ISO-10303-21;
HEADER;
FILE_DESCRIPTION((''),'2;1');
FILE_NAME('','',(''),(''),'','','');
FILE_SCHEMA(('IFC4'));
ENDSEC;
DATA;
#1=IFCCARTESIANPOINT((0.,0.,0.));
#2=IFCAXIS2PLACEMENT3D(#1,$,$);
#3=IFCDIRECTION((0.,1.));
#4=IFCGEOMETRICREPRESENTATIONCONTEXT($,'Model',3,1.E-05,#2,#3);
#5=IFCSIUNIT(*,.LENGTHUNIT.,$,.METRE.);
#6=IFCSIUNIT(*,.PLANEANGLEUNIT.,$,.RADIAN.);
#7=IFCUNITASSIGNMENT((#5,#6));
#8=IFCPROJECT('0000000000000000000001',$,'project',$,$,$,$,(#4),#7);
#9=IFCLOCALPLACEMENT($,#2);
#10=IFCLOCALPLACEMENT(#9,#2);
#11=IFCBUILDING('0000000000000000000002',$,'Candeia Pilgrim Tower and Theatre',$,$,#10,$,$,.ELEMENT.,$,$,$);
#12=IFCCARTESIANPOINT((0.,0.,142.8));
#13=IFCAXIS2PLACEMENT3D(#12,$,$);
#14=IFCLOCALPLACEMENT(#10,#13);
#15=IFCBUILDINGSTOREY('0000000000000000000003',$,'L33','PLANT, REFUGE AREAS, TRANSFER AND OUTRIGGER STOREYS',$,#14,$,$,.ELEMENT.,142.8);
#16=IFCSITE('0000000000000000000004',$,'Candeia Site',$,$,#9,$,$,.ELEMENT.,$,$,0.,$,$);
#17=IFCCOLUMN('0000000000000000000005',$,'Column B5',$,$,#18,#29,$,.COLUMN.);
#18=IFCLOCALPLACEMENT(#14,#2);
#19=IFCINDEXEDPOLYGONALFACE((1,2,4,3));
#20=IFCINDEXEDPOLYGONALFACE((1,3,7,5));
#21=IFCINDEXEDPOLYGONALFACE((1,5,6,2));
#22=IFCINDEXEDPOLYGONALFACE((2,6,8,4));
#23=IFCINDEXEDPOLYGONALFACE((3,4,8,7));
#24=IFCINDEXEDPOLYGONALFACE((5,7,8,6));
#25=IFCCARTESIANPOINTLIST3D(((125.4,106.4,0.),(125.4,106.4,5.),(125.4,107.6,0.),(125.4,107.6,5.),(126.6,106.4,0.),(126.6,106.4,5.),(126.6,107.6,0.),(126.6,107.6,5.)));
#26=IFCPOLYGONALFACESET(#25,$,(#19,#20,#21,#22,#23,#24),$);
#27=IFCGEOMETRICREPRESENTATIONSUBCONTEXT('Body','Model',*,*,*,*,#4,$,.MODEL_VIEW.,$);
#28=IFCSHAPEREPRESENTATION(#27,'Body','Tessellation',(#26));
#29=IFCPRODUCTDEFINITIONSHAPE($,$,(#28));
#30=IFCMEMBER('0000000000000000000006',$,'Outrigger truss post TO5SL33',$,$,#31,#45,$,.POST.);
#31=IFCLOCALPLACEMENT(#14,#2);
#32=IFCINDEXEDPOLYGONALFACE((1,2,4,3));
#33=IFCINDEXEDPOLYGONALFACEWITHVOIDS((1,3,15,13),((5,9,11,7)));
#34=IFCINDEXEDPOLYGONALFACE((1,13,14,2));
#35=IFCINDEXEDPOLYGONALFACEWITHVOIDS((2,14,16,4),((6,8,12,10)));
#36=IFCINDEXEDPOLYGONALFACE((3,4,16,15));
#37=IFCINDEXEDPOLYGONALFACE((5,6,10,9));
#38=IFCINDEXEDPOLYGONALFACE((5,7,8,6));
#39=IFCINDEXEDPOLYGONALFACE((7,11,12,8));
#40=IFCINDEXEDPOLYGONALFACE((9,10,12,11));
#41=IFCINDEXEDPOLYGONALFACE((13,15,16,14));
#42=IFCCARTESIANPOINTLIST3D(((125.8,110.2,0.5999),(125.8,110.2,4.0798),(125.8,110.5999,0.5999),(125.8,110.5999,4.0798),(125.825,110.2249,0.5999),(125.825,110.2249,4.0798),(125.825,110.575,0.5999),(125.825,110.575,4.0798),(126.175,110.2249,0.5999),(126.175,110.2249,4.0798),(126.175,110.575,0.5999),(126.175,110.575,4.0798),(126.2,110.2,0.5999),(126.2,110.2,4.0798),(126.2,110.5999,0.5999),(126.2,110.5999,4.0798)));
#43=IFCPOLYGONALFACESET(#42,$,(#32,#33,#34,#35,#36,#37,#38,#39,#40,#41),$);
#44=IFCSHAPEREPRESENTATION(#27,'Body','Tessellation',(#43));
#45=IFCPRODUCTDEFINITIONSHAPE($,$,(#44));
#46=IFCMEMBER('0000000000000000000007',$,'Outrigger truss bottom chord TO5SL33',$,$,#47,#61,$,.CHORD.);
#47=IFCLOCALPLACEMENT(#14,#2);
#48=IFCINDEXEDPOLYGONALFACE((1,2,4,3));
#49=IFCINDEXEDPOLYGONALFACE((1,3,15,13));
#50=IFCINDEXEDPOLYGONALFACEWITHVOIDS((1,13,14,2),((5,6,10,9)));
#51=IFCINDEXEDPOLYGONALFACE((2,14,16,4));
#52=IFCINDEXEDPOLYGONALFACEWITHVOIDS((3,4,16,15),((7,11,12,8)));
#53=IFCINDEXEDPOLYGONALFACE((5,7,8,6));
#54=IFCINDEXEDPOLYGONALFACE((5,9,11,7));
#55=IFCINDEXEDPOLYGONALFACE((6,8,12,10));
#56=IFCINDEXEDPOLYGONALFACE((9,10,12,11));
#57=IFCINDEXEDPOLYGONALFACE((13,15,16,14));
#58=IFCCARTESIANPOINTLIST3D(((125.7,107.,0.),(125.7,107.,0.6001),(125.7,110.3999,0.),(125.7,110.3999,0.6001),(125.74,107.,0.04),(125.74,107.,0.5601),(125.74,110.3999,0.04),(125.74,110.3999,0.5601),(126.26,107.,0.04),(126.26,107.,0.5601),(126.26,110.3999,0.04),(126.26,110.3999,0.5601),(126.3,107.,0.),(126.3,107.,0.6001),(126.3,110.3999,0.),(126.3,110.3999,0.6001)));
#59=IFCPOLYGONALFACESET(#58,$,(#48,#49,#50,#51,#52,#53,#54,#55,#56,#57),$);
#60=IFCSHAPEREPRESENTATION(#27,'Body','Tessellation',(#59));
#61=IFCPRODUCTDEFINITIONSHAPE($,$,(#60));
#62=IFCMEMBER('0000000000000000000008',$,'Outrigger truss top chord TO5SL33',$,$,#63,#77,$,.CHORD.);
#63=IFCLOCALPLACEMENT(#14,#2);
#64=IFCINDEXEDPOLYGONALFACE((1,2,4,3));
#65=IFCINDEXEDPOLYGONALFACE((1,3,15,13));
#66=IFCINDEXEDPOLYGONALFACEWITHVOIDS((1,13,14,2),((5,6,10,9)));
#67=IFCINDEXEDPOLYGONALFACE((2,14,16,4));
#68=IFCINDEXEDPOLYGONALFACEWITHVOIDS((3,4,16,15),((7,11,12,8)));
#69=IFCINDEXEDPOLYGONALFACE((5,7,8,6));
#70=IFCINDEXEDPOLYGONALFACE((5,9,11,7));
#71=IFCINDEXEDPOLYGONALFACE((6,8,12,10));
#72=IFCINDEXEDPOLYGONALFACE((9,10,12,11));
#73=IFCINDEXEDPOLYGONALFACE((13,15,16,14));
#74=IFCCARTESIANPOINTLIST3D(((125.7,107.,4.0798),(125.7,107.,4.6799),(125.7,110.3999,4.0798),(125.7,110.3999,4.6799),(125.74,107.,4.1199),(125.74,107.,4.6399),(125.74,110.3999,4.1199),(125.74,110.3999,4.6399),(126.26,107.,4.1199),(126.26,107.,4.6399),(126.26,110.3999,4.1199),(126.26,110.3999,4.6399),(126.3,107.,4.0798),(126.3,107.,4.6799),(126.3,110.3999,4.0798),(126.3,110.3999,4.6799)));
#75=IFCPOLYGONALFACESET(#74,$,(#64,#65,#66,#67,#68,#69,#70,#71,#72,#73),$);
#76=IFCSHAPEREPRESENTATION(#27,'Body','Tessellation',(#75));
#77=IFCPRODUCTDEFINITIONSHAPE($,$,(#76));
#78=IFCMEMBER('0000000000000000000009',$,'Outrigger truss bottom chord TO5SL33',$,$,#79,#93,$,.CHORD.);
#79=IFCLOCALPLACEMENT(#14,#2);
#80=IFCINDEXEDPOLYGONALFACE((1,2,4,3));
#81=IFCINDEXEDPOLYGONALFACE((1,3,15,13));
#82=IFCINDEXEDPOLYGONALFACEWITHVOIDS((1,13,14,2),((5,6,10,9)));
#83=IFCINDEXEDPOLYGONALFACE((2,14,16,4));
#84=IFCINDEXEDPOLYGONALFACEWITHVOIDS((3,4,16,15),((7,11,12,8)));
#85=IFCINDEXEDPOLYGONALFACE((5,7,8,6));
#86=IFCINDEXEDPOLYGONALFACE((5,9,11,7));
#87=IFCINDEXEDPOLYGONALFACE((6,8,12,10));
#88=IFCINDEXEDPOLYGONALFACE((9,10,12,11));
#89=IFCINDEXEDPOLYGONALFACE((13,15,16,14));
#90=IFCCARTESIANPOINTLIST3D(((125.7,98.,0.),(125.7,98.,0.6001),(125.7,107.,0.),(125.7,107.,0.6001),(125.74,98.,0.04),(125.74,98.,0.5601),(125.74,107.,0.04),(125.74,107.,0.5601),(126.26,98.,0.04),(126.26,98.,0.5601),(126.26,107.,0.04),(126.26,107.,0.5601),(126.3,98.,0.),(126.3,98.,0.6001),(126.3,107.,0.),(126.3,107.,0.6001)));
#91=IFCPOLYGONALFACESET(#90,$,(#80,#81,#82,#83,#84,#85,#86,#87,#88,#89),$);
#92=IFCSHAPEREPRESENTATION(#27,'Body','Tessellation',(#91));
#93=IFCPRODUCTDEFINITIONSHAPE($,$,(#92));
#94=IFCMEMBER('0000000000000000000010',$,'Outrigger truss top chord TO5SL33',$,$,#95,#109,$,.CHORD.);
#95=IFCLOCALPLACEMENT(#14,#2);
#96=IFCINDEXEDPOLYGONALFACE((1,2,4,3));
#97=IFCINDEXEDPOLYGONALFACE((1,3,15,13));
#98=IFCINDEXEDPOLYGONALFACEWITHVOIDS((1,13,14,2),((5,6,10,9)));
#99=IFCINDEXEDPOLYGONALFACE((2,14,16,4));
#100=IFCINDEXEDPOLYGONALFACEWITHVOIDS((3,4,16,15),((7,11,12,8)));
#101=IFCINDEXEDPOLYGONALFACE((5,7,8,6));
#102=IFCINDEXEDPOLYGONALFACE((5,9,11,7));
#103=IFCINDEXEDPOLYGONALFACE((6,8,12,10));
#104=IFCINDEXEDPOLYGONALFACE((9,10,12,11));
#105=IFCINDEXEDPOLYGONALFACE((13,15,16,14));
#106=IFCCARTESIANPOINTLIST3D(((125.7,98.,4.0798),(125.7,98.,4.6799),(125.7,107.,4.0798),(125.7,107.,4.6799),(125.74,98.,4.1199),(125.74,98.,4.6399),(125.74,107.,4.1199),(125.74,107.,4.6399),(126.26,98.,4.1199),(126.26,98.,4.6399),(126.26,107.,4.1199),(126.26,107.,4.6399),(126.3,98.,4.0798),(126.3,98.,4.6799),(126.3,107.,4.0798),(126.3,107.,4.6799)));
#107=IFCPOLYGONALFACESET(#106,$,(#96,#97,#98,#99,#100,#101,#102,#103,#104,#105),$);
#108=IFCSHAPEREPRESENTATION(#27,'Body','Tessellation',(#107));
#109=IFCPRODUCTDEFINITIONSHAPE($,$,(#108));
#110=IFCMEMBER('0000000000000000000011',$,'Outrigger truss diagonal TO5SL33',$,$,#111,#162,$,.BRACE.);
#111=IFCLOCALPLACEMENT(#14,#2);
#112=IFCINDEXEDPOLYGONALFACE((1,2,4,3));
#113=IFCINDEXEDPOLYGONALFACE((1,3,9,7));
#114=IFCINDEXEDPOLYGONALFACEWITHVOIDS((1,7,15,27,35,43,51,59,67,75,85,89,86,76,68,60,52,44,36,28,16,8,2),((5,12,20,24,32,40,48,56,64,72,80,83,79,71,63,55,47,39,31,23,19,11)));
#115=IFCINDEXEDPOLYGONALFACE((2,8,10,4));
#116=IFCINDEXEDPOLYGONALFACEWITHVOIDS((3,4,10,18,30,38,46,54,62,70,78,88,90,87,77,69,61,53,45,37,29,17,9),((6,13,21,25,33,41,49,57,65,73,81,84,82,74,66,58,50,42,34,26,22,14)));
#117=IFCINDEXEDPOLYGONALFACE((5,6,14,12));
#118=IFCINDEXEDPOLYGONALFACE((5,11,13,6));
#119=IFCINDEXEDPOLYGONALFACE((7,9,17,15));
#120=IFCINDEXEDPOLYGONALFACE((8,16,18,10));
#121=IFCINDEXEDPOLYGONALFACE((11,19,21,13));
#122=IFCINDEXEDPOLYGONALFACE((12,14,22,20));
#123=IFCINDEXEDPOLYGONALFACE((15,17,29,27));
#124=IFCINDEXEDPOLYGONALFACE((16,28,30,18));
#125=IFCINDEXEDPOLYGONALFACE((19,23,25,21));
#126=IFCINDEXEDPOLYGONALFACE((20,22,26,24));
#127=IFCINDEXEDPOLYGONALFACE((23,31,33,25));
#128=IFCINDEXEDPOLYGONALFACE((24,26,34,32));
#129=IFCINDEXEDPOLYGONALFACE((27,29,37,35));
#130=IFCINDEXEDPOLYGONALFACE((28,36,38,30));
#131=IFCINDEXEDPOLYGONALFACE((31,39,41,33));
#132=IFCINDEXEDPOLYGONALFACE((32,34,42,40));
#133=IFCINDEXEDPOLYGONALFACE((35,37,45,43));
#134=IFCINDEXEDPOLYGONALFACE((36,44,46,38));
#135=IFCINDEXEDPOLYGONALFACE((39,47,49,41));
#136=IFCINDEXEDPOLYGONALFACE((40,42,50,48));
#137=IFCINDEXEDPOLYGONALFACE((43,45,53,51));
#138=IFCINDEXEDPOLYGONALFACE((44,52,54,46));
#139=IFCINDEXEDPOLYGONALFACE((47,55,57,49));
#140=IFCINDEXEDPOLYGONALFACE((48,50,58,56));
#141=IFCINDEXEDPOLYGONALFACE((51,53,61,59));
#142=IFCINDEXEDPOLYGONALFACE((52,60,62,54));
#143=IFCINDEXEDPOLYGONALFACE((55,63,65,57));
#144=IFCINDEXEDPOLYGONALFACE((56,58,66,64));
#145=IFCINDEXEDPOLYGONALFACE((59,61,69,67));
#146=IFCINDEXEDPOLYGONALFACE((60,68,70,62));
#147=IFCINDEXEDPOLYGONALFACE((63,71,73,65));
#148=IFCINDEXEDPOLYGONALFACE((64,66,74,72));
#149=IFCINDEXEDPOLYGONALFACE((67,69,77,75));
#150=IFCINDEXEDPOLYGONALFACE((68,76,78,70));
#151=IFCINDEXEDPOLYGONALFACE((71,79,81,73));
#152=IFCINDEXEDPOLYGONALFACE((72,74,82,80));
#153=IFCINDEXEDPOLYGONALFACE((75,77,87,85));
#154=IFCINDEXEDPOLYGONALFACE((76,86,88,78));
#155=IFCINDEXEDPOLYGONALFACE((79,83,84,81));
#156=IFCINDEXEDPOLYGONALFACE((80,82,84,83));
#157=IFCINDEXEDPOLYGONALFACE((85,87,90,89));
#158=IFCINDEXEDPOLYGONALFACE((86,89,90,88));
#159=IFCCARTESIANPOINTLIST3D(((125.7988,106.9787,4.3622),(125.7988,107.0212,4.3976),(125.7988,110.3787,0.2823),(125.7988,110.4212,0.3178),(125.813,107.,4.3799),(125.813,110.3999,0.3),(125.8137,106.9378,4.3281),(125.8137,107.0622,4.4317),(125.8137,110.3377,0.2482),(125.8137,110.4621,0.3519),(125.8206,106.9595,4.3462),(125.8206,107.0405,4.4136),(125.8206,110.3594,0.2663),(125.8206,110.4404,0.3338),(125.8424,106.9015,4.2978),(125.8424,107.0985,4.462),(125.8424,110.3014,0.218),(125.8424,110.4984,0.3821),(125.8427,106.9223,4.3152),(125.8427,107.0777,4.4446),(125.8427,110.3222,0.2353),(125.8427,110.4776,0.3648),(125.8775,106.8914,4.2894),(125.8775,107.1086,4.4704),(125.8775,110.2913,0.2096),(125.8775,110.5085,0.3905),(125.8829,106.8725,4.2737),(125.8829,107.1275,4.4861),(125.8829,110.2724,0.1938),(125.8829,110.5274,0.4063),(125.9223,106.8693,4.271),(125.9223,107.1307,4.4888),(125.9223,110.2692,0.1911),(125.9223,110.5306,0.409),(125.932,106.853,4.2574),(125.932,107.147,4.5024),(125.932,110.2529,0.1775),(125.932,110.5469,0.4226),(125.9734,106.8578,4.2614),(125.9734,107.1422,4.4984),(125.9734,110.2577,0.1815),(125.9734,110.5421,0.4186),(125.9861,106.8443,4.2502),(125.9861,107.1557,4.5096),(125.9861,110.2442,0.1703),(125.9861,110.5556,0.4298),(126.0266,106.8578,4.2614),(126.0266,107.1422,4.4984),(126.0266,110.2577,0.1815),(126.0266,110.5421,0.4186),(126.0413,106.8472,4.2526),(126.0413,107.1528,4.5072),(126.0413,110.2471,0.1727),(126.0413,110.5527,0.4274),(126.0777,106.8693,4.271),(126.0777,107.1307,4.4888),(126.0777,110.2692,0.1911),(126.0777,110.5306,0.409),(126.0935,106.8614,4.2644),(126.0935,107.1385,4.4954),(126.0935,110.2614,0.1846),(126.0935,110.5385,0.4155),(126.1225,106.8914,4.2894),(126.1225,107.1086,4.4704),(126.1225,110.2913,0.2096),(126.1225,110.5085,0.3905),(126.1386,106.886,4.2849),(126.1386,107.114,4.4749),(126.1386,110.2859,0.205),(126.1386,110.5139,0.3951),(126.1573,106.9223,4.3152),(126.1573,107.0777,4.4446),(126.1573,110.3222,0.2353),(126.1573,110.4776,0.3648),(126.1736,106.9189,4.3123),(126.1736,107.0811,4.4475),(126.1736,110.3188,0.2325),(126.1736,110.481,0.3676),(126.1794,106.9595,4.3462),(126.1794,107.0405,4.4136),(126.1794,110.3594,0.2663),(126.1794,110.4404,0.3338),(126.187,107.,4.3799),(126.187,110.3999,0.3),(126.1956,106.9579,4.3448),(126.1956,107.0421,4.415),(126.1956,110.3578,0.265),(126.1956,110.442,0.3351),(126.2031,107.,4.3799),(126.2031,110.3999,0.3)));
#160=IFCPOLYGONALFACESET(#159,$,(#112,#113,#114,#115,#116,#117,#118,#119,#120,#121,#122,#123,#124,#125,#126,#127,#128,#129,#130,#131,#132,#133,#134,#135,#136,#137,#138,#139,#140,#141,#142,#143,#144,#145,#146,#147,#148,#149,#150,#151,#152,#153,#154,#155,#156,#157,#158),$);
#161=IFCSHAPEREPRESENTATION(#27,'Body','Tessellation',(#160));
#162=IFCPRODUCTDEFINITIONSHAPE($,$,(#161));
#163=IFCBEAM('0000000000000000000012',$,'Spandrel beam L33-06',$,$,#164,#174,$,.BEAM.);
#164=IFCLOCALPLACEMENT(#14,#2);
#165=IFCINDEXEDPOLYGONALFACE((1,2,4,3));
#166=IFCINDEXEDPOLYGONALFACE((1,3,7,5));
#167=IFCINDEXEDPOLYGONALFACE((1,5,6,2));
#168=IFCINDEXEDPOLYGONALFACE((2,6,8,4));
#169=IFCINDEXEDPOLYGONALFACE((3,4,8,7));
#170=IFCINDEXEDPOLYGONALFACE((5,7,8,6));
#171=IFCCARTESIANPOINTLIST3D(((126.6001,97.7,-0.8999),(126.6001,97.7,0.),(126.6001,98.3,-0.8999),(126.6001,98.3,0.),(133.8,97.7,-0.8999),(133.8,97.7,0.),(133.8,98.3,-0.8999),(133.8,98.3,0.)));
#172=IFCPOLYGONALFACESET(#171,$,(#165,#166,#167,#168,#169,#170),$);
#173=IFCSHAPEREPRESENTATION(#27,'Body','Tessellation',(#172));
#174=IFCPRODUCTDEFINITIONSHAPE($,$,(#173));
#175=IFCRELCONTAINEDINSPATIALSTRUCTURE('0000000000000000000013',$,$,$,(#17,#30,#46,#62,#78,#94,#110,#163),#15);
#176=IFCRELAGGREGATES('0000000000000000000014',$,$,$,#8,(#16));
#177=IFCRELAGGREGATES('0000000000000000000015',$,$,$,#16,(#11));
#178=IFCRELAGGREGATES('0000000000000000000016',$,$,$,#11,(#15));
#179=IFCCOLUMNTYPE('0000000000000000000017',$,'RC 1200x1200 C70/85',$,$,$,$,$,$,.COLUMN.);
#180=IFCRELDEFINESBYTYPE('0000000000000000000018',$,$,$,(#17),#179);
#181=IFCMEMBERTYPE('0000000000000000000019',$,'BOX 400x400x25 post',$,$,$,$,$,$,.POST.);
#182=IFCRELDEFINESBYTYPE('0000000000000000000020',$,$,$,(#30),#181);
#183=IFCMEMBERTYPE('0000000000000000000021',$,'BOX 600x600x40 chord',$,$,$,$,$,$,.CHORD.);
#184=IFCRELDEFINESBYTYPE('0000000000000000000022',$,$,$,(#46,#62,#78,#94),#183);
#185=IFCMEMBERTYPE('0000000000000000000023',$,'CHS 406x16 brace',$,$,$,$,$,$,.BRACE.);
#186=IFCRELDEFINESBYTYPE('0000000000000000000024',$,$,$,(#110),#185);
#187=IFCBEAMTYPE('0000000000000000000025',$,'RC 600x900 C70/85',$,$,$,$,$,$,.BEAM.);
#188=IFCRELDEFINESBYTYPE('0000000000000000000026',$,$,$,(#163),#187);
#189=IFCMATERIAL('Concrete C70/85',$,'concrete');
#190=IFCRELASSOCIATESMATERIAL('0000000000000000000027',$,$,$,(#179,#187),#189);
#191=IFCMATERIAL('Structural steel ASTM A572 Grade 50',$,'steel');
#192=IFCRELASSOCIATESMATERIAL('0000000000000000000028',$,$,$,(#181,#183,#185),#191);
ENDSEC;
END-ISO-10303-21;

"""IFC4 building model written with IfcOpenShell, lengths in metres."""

from ifc_helpers import new_model, si_unit, direction, frame, origin, origin_2d, place, context, subcontext, project, spatial, rectangle, hollow_rectangle, hollow_circle, extrude, material, material_profile, profile_set, type_object, element, save


model = new_model("IFC4")

# Units and contexts
model_context = context("Model", 3, precision=1e-05, world=origin(), true_north=direction((0.0, 1.0)))
body_context = subcontext(model_context, "Body", "Model", "MODEL_VIEW")
ifc_project = project(units=[si_unit("LENGTHUNIT", "METRE"), si_unit("PLANEANGLEUNIT", "RADIAN")], contexts=[model_context])

# Site, building, storey
site_placement = place(None, origin())
site = spatial("IfcSite", under=ifc_project, at=site_placement, Name="Candeia Site", CompositionType="ELEMENT", RefElevation=0.0)
building_placement = place(site_placement, origin())
building = spatial("IfcBuilding", under=site, at=building_placement, Name="Candeia Pilgrim Tower and Theatre", CompositionType="ELEMENT")
storey_placement = place(building_placement, frame((0.0, 0.0, 142.8)))
storey = spatial("IfcBuildingStorey", under=building, at=storey_placement, Name="L33", Description="PLANT, REFUGE AREAS, TRANSFER AND OUTRIGGER STOREYS", CompositionType="ELEMENT", Elevation=142.8)

# Column
ifc_material_1 = material(Name="Concrete C70/85", Category="concrete")
ifc_material_profile_1 = material_profile(ifc_material_1, rectangle(XDim=1.2, YDim=1.2, at=origin_2d()))
ifc_profile_set_1 = profile_set([ifc_material_profile_1], Name="Concrete C70/85")
column_type = type_object("IfcColumnType", Name="RC 1200x1200 C70/85", PredefinedType="COLUMN", material=ifc_profile_set_1)
column_placement = place(storey_placement, frame((126.0, 107.0, 0.0), z_axis=(0.0, 0.0, 1.0), x_axis=(1.0, 0.0, 0.0)))
element("IfcColumn", 1, at=column_placement, inside=storey, type_object=column_type, Name="Column B5", PredefinedType="COLUMN", context=body_context, shape_type="SweptSolid", body=[
    extrude(rectangle(XDim=1.2, YDim=1.2, at=origin_2d()), origin(), (0.0, 0.0, 1.0), 5.0),
])

# Members
ifc_material_2 = material(Name="Structural steel ASTM A572 Grade 50", Category="steel")
ifc_material_profile_2 = material_profile(ifc_material_2, hollow_rectangle(XDim=0.3999, YDim=0.3999, WallThickness=0.0249, at=origin_2d()))
ifc_profile_set_2 = profile_set([ifc_material_profile_2], Name="Structural steel ASTM A572 Grade 50")
member_type_1 = type_object("IfcMemberType", Name="BOX 400x400x25 post", PredefinedType="POST", material=ifc_profile_set_2)
member_1_placement = place(storey_placement, frame((126.0, 110.3999, 0.5999), z_axis=(0.0, 0.0, 1.0), x_axis=(1.0, 0.0, 0.0)))
element("IfcMember", 2, at=member_1_placement, inside=storey, type_object=member_type_1, Name="Outrigger truss post TO5SL33", PredefinedType="POST", context=body_context, shape_type="SweptSolid", body=[
    extrude(hollow_rectangle(XDim=0.3999, YDim=0.3999, WallThickness=0.0249, at=origin_2d()), origin(), (0.0, 0.0, 1.0), 3.48),
])
ifc_material_profile_3 = material_profile(ifc_material_2, hollow_rectangle(XDim=0.6001, YDim=0.6001, WallThickness=0.04, at=origin_2d()))
ifc_profile_set_3 = profile_set([ifc_material_profile_3], Name="Structural steel ASTM A572 Grade 50")
member_type_2 = type_object("IfcMemberType", Name="BOX 600x600x40 chord", PredefinedType="CHORD", material=ifc_profile_set_3)
for number, where, z_axis, x_axis, name in (
    (3, (126.0, 110.3999, 0.3), (0.0, -1.0, 0.0), (1.0, 0.0, 0.0), "Outrigger truss bottom chord TO5SL33"),
    (4, (126.0, 110.3999, 4.3799), (0.0, -1.0, 0.0), (1.0, 0.0, 0.0), "Outrigger truss top chord TO5SL33"),
):
    element("IfcMember", number, at=place(storey_placement, frame(where, z_axis=z_axis, x_axis=x_axis)), inside=storey, type_object=member_type_2, Name=name, PredefinedType="CHORD", context=body_context, shape_type="SweptSolid", body=[
        extrude(hollow_rectangle(XDim=0.6001, YDim=0.6001, WallThickness=0.04, at=origin_2d()), origin(), (0.0, 0.0, 1.0), 3.3999),
    ])
for number, where, z_axis, x_axis, name in (
    (5, (126.0, 107.0, 0.3), (0.0, -1.0, 0.0), (1.0, 0.0, 0.0), "Outrigger truss bottom chord TO5SL33"),
    (6, (126.0, 107.0, 4.3799), (0.0, -1.0, 0.0), (1.0, 0.0, 0.0), "Outrigger truss top chord TO5SL33"),
):
    element("IfcMember", number, at=place(storey_placement, frame(where, z_axis=z_axis, x_axis=x_axis)), inside=storey, type_object=member_type_2, Name=name, PredefinedType="CHORD", context=body_context, shape_type="SweptSolid", body=[
        extrude(hollow_rectangle(XDim=0.6001, YDim=0.6001, WallThickness=0.04, at=origin_2d()), origin(), (0.0, 0.0, 1.0), 9.0),
    ])
ifc_material_profile_4 = material_profile(ifc_material_2, hollow_circle(Radius=0.2031, WallThickness=0.0161, at=origin_2d()))
ifc_profile_set_4 = profile_set([ifc_material_profile_4], Name="Structural steel ASTM A572 Grade 50")
member_type_3 = type_object("IfcMemberType", Name="CHS 406x16 brace", PredefinedType="BRACE", material=ifc_profile_set_4)
member_2_placement = place(storey_placement, frame((126.0, 110.3999, 0.3), z_axis=(0.0, -0.640189, 0.768218), x_axis=(1.0, 0.0, 0.0)))
element("IfcMember", 7, at=member_2_placement, inside=storey, type_object=member_type_3, Name="Outrigger truss diagonal TO5SL33", PredefinedType="BRACE", context=body_context, shape_type="SweptSolid", body=[
    extrude(hollow_circle(Radius=0.2031, WallThickness=0.0161, at=origin_2d()), origin(), (0.0, 0.0, 1.0), 5.3108),
])

# Beam
ifc_material_profile_5 = material_profile(ifc_material_1, rectangle(XDim=0.6001, YDim=0.8999, at=origin_2d()))
ifc_profile_set_5 = profile_set([ifc_material_profile_5], Name="Concrete C70/85")
beam_type = type_object("IfcBeamType", Name="RC 600x900 C70/85", PredefinedType="BEAM", material=ifc_profile_set_5)
beam_placement = place(storey_placement, frame((126.6001, 98.0, -0.45), z_axis=(1.0, 0.0, 0.0), x_axis=(0.0, 1.0, 0.0)))
element("IfcBeam", 8, at=beam_placement, inside=storey, type_object=beam_type, Name="Spandrel beam L33-06", PredefinedType="BEAM", context=body_context, shape_type="SweptSolid", body=[
    extrude(rectangle(XDim=0.6001, YDim=0.8999, at=origin_2d()), origin(), (0.0, 0.0, 1.0), 7.2),
])

save(model, "model.ifc")
